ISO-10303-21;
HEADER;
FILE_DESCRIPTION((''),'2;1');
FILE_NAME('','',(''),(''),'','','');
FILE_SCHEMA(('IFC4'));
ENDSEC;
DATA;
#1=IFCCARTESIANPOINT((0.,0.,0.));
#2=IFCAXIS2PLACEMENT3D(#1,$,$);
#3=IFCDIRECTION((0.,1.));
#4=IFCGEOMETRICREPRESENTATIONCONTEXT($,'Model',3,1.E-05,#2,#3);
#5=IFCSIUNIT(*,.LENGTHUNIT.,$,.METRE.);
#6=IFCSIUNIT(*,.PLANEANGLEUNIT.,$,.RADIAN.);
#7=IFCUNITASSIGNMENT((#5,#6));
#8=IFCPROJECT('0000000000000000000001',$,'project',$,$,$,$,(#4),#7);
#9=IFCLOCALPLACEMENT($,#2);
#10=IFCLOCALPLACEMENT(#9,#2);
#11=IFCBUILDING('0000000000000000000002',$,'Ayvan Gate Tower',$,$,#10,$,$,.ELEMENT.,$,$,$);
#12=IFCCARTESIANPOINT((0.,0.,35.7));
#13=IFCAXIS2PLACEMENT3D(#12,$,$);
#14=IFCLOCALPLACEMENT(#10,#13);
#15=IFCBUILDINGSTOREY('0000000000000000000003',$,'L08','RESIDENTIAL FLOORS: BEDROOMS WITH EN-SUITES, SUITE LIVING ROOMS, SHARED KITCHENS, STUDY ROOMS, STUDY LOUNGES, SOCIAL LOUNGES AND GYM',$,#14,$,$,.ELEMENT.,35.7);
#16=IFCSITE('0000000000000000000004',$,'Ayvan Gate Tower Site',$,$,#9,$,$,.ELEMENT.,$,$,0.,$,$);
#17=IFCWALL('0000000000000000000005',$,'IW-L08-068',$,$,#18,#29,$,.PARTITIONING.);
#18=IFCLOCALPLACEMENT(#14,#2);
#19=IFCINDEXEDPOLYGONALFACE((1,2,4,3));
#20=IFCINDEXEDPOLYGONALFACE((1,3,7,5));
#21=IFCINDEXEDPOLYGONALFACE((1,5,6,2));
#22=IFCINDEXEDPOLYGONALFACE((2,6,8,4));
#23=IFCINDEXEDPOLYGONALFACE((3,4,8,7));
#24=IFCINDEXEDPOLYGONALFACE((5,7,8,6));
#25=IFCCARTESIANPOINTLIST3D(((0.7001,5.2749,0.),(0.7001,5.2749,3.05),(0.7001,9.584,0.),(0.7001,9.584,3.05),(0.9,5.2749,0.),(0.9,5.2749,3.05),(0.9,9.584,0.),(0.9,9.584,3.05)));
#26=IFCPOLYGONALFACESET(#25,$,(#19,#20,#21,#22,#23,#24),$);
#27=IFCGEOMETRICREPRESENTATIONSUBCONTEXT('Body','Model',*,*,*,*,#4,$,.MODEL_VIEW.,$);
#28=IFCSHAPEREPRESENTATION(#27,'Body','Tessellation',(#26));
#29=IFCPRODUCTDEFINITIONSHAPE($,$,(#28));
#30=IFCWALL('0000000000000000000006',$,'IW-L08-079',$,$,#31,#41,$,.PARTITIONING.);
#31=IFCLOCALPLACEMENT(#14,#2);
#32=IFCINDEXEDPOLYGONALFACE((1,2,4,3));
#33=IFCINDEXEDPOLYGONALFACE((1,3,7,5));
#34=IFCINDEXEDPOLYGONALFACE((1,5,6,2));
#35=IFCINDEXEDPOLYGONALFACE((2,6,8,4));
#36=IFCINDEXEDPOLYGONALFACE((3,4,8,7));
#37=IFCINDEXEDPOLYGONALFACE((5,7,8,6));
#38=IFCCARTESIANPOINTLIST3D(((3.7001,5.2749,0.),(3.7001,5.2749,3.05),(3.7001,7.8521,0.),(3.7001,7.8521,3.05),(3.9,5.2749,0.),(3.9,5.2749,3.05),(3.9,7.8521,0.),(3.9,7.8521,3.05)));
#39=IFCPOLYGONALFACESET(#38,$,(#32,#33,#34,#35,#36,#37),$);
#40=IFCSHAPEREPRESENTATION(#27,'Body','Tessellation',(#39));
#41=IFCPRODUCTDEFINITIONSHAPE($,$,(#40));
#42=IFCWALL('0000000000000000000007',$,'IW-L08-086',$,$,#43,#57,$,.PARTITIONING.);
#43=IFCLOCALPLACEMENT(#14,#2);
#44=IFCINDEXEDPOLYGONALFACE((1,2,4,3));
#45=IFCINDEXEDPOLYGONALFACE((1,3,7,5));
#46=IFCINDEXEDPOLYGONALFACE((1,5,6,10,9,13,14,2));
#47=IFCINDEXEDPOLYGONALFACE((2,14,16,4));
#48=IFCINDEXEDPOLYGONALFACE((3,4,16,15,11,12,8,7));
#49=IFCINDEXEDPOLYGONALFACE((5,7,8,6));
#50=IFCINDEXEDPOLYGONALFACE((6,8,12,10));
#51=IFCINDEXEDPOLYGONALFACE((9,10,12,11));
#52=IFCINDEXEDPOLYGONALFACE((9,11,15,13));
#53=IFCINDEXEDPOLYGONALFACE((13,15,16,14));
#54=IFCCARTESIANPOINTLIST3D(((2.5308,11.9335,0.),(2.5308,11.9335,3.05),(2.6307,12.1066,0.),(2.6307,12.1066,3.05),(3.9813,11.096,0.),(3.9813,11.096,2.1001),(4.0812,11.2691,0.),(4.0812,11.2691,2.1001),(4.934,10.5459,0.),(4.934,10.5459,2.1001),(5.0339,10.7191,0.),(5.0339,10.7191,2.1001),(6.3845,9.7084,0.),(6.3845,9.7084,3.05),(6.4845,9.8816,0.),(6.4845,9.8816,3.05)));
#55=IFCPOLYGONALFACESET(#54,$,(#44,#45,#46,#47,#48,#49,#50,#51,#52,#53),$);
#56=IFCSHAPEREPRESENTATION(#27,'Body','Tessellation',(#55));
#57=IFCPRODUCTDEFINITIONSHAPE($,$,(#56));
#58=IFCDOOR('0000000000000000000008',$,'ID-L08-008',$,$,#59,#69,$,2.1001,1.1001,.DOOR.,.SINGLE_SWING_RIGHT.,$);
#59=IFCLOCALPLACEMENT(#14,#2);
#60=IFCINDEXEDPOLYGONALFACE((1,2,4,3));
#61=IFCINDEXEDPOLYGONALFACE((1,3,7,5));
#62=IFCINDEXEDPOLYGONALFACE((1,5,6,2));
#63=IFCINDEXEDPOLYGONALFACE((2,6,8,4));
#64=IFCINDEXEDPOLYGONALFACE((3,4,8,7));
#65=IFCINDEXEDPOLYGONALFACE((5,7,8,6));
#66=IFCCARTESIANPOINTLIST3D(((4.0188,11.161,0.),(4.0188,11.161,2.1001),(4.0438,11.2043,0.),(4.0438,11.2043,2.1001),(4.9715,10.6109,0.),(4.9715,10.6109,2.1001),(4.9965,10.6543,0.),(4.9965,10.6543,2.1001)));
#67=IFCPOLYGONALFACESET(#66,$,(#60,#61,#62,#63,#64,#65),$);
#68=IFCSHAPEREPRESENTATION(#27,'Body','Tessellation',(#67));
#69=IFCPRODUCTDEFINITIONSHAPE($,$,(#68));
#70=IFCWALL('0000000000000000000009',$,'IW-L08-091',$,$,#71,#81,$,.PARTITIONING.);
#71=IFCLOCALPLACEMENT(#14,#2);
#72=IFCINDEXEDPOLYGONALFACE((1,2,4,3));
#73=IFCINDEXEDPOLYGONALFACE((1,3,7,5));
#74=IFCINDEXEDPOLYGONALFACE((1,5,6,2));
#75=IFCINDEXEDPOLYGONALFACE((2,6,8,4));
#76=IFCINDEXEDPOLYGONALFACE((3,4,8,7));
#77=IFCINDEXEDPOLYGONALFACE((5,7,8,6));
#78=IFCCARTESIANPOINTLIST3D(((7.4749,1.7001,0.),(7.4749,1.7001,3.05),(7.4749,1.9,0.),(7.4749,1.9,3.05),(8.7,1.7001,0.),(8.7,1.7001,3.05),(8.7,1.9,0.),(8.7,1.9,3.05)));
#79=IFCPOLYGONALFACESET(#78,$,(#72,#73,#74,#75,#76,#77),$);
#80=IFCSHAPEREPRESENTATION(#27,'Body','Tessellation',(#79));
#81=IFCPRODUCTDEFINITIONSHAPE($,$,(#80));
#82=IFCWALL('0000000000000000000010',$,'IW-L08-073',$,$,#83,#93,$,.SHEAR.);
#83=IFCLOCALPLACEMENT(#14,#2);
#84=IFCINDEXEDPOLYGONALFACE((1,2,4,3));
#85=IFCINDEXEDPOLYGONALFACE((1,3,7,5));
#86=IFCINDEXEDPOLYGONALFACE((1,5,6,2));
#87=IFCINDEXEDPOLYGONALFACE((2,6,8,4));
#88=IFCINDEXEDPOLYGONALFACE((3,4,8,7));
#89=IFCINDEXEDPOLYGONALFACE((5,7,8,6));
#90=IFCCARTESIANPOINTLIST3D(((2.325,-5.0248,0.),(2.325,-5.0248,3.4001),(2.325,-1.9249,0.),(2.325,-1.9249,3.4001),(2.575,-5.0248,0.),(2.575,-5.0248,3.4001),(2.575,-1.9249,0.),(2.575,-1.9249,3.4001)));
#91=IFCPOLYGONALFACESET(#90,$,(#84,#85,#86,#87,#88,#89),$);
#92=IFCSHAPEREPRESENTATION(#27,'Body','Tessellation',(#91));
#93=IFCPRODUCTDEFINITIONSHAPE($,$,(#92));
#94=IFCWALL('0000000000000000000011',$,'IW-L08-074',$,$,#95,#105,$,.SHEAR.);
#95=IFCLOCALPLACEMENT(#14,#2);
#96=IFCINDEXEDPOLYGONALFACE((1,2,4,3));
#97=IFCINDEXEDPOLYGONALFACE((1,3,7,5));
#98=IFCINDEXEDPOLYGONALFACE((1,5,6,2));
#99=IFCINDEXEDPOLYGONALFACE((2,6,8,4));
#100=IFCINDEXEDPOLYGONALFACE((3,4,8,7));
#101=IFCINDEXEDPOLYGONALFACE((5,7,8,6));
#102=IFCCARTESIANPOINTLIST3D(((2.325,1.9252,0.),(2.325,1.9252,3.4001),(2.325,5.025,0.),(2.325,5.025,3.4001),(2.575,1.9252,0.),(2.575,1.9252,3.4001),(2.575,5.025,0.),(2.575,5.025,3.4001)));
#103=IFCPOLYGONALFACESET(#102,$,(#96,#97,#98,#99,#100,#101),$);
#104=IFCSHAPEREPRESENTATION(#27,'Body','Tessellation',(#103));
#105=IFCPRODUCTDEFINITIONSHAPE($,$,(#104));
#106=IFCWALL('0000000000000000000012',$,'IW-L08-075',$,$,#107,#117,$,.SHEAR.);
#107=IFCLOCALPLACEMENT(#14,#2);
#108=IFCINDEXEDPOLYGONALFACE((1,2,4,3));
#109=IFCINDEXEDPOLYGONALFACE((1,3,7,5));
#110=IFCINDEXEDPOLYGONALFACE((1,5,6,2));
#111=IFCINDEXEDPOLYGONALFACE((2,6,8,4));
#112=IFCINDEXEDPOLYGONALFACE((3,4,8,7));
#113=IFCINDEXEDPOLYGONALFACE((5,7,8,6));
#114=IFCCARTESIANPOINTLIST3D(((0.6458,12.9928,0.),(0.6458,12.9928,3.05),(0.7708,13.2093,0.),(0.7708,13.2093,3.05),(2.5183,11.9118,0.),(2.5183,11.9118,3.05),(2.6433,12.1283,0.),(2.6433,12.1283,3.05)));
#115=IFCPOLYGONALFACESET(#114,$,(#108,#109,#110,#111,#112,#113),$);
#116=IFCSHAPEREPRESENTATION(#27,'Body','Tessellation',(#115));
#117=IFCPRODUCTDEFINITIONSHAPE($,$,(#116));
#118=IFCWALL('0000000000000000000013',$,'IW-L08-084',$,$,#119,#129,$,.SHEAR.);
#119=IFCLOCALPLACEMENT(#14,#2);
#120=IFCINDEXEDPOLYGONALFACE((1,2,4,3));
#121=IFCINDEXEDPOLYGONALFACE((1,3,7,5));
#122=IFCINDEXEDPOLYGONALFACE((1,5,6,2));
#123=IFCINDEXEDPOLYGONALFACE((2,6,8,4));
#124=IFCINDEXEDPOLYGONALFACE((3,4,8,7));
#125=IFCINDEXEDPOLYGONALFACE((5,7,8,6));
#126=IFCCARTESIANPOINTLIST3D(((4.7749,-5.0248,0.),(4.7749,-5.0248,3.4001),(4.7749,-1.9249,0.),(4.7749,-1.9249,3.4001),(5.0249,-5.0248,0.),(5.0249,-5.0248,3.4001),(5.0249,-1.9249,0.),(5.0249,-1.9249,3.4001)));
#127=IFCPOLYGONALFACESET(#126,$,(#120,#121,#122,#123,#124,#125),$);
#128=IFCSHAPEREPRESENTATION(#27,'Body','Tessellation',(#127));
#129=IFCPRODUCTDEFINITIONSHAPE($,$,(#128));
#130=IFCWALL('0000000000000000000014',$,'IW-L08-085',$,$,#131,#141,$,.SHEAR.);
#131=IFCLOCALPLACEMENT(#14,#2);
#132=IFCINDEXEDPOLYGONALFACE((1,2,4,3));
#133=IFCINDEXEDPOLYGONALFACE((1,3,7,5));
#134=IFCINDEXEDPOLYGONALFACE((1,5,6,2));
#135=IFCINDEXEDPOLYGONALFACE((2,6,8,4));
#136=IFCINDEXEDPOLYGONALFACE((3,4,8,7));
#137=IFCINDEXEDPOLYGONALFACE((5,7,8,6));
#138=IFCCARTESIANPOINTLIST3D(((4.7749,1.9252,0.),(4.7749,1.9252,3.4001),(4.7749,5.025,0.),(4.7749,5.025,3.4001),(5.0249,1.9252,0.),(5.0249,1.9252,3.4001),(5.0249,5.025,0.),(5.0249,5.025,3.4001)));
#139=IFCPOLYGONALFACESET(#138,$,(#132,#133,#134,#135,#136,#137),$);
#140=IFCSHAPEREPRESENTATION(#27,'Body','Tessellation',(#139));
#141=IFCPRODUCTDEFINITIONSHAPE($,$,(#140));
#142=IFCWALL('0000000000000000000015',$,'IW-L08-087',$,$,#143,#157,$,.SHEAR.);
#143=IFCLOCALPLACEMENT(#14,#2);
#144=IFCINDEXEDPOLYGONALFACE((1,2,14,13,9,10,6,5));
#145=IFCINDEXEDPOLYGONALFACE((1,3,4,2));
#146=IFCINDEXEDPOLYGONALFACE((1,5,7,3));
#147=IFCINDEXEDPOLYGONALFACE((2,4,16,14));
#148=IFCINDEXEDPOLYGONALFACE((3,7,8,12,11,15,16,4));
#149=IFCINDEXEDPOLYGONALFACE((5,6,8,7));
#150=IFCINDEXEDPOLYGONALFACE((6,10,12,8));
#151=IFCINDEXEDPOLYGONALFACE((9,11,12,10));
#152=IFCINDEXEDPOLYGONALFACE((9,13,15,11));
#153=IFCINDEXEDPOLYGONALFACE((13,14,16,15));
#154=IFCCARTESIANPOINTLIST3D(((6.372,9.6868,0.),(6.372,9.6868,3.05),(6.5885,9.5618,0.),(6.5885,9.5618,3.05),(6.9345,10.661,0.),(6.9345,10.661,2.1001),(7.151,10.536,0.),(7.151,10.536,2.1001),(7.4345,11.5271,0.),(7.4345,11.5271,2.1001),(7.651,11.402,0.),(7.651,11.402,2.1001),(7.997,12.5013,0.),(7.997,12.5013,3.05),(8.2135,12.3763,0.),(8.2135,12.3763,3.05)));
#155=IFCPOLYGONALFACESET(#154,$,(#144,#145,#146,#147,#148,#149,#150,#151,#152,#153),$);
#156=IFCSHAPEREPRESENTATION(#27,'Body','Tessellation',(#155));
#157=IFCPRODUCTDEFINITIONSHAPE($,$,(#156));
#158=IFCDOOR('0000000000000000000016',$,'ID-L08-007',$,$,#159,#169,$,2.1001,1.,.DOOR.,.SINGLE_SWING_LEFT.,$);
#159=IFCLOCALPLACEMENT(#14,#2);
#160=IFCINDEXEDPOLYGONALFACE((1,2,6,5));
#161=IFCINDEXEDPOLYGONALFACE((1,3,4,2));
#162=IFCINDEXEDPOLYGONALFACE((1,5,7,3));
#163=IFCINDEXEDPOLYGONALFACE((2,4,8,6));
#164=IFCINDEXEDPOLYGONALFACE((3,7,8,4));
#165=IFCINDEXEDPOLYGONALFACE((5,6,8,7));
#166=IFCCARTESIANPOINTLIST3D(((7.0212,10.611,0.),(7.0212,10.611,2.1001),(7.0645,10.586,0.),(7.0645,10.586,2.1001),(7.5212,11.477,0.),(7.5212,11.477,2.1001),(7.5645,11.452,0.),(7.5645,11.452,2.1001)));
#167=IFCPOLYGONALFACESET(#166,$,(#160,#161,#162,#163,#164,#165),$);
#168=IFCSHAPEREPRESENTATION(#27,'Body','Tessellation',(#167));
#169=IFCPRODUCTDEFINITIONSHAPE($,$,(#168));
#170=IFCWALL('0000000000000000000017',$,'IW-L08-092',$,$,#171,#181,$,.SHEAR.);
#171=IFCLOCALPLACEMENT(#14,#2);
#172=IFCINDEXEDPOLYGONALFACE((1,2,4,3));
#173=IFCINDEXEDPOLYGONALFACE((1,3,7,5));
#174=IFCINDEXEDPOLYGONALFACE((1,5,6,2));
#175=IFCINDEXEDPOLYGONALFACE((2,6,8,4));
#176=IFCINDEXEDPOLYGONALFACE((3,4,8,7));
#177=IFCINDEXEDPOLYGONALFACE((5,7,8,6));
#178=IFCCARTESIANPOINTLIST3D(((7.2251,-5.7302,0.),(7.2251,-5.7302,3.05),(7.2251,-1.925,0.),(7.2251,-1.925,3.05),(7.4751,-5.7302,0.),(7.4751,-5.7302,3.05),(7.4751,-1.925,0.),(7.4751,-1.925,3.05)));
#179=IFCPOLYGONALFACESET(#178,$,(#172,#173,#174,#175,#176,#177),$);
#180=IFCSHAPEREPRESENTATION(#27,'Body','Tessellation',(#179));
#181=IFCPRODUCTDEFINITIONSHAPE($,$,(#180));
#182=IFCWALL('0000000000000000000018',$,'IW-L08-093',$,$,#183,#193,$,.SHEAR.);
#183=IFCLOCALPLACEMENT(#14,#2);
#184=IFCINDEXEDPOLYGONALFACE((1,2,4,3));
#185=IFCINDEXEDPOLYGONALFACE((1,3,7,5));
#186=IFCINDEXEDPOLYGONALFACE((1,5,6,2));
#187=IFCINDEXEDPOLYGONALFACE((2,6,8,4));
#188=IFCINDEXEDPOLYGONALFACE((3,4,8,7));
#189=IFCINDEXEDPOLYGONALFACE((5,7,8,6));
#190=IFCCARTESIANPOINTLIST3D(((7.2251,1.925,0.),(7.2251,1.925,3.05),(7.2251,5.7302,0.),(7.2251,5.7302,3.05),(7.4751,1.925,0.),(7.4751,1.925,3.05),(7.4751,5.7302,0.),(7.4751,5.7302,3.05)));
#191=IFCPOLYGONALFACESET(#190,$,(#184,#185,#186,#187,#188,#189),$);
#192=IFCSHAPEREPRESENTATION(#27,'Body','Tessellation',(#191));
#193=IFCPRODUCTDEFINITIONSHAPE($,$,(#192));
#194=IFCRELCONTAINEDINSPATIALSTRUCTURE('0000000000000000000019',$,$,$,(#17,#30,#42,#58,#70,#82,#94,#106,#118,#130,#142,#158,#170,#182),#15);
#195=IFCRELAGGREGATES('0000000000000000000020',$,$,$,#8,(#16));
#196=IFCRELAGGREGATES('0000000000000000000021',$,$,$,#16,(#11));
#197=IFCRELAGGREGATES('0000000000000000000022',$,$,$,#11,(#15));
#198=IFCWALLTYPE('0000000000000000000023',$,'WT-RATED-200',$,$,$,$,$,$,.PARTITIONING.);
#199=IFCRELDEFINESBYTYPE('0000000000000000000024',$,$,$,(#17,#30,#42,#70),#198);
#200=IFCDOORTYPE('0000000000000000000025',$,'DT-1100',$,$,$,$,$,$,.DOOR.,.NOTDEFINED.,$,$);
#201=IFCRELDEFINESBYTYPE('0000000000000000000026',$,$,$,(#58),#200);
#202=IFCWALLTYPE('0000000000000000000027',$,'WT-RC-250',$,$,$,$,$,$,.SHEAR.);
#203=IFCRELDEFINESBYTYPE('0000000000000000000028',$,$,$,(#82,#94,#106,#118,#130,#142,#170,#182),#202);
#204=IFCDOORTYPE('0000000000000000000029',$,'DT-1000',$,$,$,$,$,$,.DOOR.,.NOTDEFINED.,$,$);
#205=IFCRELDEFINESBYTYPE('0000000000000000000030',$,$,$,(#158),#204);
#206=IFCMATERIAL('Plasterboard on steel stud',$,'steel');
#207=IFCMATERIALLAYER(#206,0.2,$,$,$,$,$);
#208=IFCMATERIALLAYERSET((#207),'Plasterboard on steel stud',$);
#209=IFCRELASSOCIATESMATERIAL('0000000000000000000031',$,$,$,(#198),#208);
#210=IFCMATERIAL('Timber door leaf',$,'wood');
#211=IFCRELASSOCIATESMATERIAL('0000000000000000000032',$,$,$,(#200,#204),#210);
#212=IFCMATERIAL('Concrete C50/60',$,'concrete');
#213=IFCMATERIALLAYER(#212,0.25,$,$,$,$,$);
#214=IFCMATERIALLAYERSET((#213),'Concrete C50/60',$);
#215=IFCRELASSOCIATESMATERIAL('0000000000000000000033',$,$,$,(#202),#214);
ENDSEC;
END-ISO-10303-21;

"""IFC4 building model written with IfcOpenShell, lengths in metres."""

from ifc_helpers import new_model, si_unit, direction, frame, frame_2d, origin, place, context, subcontext, project, spatial, rectangle, extrude, material, layer, layer_set, type_object, element, fill, save


model = new_model("IFC4")

# Units and contexts
model_context = context("Model", 3, precision=1e-05, world=origin(), true_north=direction((0.0, 1.0)))
body_context = subcontext(model_context, "Body", "Model", "MODEL_VIEW")
ifc_project = project(units=[si_unit("LENGTHUNIT", "METRE"), si_unit("PLANEANGLEUNIT", "RADIAN")], contexts=[model_context])

# Site, building, storey
site_placement = place(None, origin())
site = spatial("IfcSite", under=ifc_project, at=site_placement, Name="Ayvan Gate Tower Site", CompositionType="ELEMENT", RefElevation=0.0)
building_placement = place(site_placement, origin())
building = spatial("IfcBuilding", under=site, at=building_placement, Name="Ayvan Gate Tower", CompositionType="ELEMENT")
storey_placement = place(building_placement, frame((0.0, 0.0, 35.7)))
storey = spatial("IfcBuildingStorey", under=building, at=storey_placement, Name="L08", Description="RESIDENTIAL FLOORS: BEDROOMS WITH EN-SUITES, SUITE LIVING ROOMS, SHARED KITCHENS, STUDY ROOMS, STUDY LOUNGES, SOCIAL LOUNGES AND GYM", CompositionType="ELEMENT", Elevation=35.7)

# Walls
ifc_material_1 = material(Name="Plasterboard on steel stud", Category="steel")
ifc_layer_1 = layer(ifc_material_1, 0.2)
ifc_layer_set_1 = layer_set([ifc_layer_1], Name="Plasterboard on steel stud")
wall_type_1 = type_object("IfcWallType", Name="WT-RATED-200", PredefinedType="PARTITIONING", material=ifc_layer_set_1)
wall_1_placement = place(storey_placement, frame((0.8, 9.584, 0.0), z_axis=(0.0, 0.0, 1.0), x_axis=(0.0, -1.0, 0.0)))
element("IfcWall", 1, at=wall_1_placement, inside=storey, type_object=wall_type_1, Name="IW-L08-068", PredefinedType="PARTITIONING", context=body_context, shape_type="SweptSolid", body=[
    extrude(rectangle(XDim=4.3091, YDim=0.2, at=frame_2d((2.1545, 0.0))), origin(), (0.0, 0.0, 1.0), 3.05),
])
wall_2_placement = place(storey_placement, frame((3.8, 7.8521, 0.0), z_axis=(0.0, 0.0, 1.0), x_axis=(0.0, -1.0, 0.0)))
element("IfcWall", 2, at=wall_2_placement, inside=storey, type_object=wall_type_1, Name="IW-L08-079", PredefinedType="PARTITIONING", context=body_context, shape_type="SweptSolid", body=[
    extrude(rectangle(XDim=2.5771, YDim=0.2, at=frame_2d((1.2886, 0.0))), origin(), (0.0, 0.0, 1.0), 3.05),
])

# Wall, opening, door
wall_3_placement = place(storey_placement, frame((6.4346, 9.7949, 0.0), z_axis=(0.0, 0.0, 1.0), x_axis=(-0.866013, 0.500022, 0.0)))
wall_3 = element("IfcWall", 3, at=wall_3_placement, inside=storey, type_object=wall_type_1, Name="IW-L08-086", PredefinedType="PARTITIONING", context=body_context, shape_type="SweptSolid", body=[
    extrude(rectangle(XDim=4.45, YDim=0.2, at=frame_2d((2.2251, 0.0))), origin(), (0.0, 0.0, 1.0), 3.05),
])
opening_1_placement = place(wall_3_placement, frame((1.675, 0.0, 0.0)))
opening_1 = element("IfcOpeningElement", 4, at=opening_1_placement, cuts=wall_3, PredefinedType="OPENING", context=body_context, shape_type="SweptSolid", body=[
    extrude(rectangle(XDim=1.1001, YDim=2.1001, at=frame_2d((0.55, 1.05))), frame((0.0, 0.1099, 0.0), z_axis=(0.0, -1.0, 0.0), x_axis=(1.0, 0.0, 0.0)), (0.0, 0.0, 1.0), 0.22),
])
ifc_material_2 = material(Name="Timber door leaf", Category="wood")
door_type_1 = type_object("IfcDoorType", Name="DT-1100", OperationType="NOTDEFINED", PredefinedType="DOOR", material=ifc_material_2)
door_1_placement = place(opening_1_placement, origin())
door_1 = element("IfcDoor", 5, at=door_1_placement, inside=storey, type_object=door_type_1, Name="ID-L08-008", OperationType="SINGLE_SWING_RIGHT", OverallHeight=2.1001, OverallWidth=1.1001, PredefinedType="DOOR", context=body_context, shape_type="SweptSolid", body=[
    extrude(rectangle(XDim=1.1001, YDim=2.1001, at=frame_2d((0.55, 1.05))), frame((0.0, 0.0249, 0.0), z_axis=(0.0, -1.0, 0.0), x_axis=(1.0, 0.0, 0.0)), (0.0, 0.0, 1.0), 0.05),
])
fill(opening_1, door_1)

# Walls
wall_4_placement = place(storey_placement, frame((7.4749, 1.8, 0.0), z_axis=(0.0, 0.0, 1.0), x_axis=(1.0, 0.0, 0.0)))
element("IfcWall", 6, at=wall_4_placement, inside=storey, type_object=wall_type_1, Name="IW-L08-091", PredefinedType="PARTITIONING", context=body_context, shape_type="SweptSolid", body=[
    extrude(rectangle(XDim=1.2251, YDim=0.2, at=frame_2d((0.6125, 0.0))), origin(), (0.0, 0.0, 1.0), 3.05),
])
ifc_material_3 = material(Name="Concrete C50/60", Category="concrete")
ifc_layer_2 = layer(ifc_material_3, 0.25)
ifc_layer_set_2 = layer_set([ifc_layer_2], Name="Concrete C50/60")
wall_type_2 = type_object("IfcWallType", Name="WT-RC-250", PredefinedType="SHEAR", material=ifc_layer_set_2)
for number, where, z_axis, x_axis, name in (
    (7, (2.45, -1.925, 0.0), (0.0, 0.0, 1.0), (0.0, -1.0, 0.0), "IW-L08-073"),
    (8, (2.45, 5.0249, 0.0), (0.0, 0.0, 1.0), (0.0, -1.0, 0.0), "IW-L08-074"),
):
    element("IfcWall", number, at=place(storey_placement, frame(where, z_axis=z_axis, x_axis=x_axis)), inside=storey, type_object=wall_type_2, Name=name, PredefinedType="SHEAR", context=body_context, shape_type="SweptSolid", body=[
        extrude(rectangle(XDim=3.0999, YDim=0.25, at=frame_2d((1.5498, 0.0))), origin(), (0.0, 0.0, 1.0), 3.4001),
    ])
wall_5_placement = place(storey_placement, frame((2.5808, 12.02, 0.0), z_axis=(0.0, 0.0, 1.0), x_axis=(-0.866039, 0.499977, 0.0)))
element("IfcWall", 9, at=wall_5_placement, inside=storey, type_object=wall_type_2, Name="IW-L08-075", PredefinedType="SHEAR", context=body_context, shape_type="SweptSolid", body=[
    extrude(rectangle(XDim=2.1621, YDim=0.25, at=frame_2d((1.0811, 0.0))), origin(), (0.0, 0.0, 1.0), 3.05),
])
for number, where, z_axis, x_axis, name in (
    (10, (4.8999, -1.925, 0.0), (0.0, 0.0, 1.0), (0.0, -1.0, 0.0), "IW-L08-084"),
    (11, (4.8999, 5.0249, 0.0), (0.0, 0.0, 1.0), (0.0, -1.0, 0.0), "IW-L08-085"),
):
    element("IfcWall", number, at=place(storey_placement, frame(where, z_axis=z_axis, x_axis=x_axis)), inside=storey, type_object=wall_type_2, Name=name, PredefinedType="SHEAR", context=body_context, shape_type="SweptSolid", body=[
        extrude(rectangle(XDim=3.0999, YDim=0.25, at=frame_2d((1.5498, 0.0))), origin(), (0.0, 0.0, 1.0), 3.4001),
    ])

# Wall, opening, door
wall_6_placement = place(storey_placement, frame((6.4802, 9.6243, 0.0), z_axis=(0.0, 0.0, 1.0), x_axis=(0.500017, 0.866015, 0.0)))
wall_6 = element("IfcWall", 12, at=wall_6_placement, inside=storey, type_object=wall_type_2, Name="IW-L08-087", PredefinedType="SHEAR", context=body_context, shape_type="SweptSolid", body=[
    extrude(rectangle(XDim=3.25, YDim=0.25, at=frame_2d((1.625, 0.0))), origin(), (0.0, 0.0, 1.0), 3.05),
])
opening_2_placement = place(wall_6_placement, frame((1.125, 0.0, 0.0)))
opening_2 = element("IfcOpeningElement", 13, at=opening_2_placement, cuts=wall_6, PredefinedType="OPENING", context=body_context, shape_type="SweptSolid", body=[
    extrude(rectangle(XDim=1.0, YDim=2.1001, at=frame_2d((0.5, 1.05))), frame((0.0, 0.135, 0.0), z_axis=(0.0, -1.0, 0.0), x_axis=(1.0, 0.0, 0.0)), (0.0, 0.0, 1.0), 0.27),
])
door_type_2 = type_object("IfcDoorType", Name="DT-1000", OperationType="NOTDEFINED", PredefinedType="DOOR", material=ifc_material_2)
door_2_placement = place(opening_2_placement, origin())
door_2 = element("IfcDoor", 14, at=door_2_placement, inside=storey, type_object=door_type_2, Name="ID-L08-007", OperationType="SINGLE_SWING_LEFT", OverallHeight=2.1001, OverallWidth=1.0, PredefinedType="DOOR", context=body_context, shape_type="SweptSolid", body=[
    extrude(rectangle(XDim=1.0, YDim=2.1001, at=frame_2d((0.5, 1.05))), frame((0.0, 0.0249, 0.0), z_axis=(0.0, -1.0, 0.0), x_axis=(1.0, 0.0, 0.0)), (0.0, 0.0, 1.0), 0.05),
])
fill(opening_2, door_2)

# Walls
for number, where, z_axis, x_axis, name in (
    (15, (7.3501, -1.925, 0.0), (0.0, 0.0, 1.0), (0.0, -1.0, 0.0), "IW-L08-092"),
    (16, (7.3501, 5.7302, 0.0), (0.0, 0.0, 1.0), (0.0, -1.0, 0.0), "IW-L08-093"),
):
    element("IfcWall", number, at=place(storey_placement, frame(where, z_axis=z_axis, x_axis=x_axis)), inside=storey, type_object=wall_type_2, Name=name, PredefinedType="SHEAR", context=body_context, shape_type="SweptSolid", body=[
        extrude(rectangle(XDim=3.8052, YDim=0.25, at=frame_2d((1.9026, 0.0))), origin(), (0.0, 0.0, 1.0), 3.05),
    ])

save(model, "model.ifc")
